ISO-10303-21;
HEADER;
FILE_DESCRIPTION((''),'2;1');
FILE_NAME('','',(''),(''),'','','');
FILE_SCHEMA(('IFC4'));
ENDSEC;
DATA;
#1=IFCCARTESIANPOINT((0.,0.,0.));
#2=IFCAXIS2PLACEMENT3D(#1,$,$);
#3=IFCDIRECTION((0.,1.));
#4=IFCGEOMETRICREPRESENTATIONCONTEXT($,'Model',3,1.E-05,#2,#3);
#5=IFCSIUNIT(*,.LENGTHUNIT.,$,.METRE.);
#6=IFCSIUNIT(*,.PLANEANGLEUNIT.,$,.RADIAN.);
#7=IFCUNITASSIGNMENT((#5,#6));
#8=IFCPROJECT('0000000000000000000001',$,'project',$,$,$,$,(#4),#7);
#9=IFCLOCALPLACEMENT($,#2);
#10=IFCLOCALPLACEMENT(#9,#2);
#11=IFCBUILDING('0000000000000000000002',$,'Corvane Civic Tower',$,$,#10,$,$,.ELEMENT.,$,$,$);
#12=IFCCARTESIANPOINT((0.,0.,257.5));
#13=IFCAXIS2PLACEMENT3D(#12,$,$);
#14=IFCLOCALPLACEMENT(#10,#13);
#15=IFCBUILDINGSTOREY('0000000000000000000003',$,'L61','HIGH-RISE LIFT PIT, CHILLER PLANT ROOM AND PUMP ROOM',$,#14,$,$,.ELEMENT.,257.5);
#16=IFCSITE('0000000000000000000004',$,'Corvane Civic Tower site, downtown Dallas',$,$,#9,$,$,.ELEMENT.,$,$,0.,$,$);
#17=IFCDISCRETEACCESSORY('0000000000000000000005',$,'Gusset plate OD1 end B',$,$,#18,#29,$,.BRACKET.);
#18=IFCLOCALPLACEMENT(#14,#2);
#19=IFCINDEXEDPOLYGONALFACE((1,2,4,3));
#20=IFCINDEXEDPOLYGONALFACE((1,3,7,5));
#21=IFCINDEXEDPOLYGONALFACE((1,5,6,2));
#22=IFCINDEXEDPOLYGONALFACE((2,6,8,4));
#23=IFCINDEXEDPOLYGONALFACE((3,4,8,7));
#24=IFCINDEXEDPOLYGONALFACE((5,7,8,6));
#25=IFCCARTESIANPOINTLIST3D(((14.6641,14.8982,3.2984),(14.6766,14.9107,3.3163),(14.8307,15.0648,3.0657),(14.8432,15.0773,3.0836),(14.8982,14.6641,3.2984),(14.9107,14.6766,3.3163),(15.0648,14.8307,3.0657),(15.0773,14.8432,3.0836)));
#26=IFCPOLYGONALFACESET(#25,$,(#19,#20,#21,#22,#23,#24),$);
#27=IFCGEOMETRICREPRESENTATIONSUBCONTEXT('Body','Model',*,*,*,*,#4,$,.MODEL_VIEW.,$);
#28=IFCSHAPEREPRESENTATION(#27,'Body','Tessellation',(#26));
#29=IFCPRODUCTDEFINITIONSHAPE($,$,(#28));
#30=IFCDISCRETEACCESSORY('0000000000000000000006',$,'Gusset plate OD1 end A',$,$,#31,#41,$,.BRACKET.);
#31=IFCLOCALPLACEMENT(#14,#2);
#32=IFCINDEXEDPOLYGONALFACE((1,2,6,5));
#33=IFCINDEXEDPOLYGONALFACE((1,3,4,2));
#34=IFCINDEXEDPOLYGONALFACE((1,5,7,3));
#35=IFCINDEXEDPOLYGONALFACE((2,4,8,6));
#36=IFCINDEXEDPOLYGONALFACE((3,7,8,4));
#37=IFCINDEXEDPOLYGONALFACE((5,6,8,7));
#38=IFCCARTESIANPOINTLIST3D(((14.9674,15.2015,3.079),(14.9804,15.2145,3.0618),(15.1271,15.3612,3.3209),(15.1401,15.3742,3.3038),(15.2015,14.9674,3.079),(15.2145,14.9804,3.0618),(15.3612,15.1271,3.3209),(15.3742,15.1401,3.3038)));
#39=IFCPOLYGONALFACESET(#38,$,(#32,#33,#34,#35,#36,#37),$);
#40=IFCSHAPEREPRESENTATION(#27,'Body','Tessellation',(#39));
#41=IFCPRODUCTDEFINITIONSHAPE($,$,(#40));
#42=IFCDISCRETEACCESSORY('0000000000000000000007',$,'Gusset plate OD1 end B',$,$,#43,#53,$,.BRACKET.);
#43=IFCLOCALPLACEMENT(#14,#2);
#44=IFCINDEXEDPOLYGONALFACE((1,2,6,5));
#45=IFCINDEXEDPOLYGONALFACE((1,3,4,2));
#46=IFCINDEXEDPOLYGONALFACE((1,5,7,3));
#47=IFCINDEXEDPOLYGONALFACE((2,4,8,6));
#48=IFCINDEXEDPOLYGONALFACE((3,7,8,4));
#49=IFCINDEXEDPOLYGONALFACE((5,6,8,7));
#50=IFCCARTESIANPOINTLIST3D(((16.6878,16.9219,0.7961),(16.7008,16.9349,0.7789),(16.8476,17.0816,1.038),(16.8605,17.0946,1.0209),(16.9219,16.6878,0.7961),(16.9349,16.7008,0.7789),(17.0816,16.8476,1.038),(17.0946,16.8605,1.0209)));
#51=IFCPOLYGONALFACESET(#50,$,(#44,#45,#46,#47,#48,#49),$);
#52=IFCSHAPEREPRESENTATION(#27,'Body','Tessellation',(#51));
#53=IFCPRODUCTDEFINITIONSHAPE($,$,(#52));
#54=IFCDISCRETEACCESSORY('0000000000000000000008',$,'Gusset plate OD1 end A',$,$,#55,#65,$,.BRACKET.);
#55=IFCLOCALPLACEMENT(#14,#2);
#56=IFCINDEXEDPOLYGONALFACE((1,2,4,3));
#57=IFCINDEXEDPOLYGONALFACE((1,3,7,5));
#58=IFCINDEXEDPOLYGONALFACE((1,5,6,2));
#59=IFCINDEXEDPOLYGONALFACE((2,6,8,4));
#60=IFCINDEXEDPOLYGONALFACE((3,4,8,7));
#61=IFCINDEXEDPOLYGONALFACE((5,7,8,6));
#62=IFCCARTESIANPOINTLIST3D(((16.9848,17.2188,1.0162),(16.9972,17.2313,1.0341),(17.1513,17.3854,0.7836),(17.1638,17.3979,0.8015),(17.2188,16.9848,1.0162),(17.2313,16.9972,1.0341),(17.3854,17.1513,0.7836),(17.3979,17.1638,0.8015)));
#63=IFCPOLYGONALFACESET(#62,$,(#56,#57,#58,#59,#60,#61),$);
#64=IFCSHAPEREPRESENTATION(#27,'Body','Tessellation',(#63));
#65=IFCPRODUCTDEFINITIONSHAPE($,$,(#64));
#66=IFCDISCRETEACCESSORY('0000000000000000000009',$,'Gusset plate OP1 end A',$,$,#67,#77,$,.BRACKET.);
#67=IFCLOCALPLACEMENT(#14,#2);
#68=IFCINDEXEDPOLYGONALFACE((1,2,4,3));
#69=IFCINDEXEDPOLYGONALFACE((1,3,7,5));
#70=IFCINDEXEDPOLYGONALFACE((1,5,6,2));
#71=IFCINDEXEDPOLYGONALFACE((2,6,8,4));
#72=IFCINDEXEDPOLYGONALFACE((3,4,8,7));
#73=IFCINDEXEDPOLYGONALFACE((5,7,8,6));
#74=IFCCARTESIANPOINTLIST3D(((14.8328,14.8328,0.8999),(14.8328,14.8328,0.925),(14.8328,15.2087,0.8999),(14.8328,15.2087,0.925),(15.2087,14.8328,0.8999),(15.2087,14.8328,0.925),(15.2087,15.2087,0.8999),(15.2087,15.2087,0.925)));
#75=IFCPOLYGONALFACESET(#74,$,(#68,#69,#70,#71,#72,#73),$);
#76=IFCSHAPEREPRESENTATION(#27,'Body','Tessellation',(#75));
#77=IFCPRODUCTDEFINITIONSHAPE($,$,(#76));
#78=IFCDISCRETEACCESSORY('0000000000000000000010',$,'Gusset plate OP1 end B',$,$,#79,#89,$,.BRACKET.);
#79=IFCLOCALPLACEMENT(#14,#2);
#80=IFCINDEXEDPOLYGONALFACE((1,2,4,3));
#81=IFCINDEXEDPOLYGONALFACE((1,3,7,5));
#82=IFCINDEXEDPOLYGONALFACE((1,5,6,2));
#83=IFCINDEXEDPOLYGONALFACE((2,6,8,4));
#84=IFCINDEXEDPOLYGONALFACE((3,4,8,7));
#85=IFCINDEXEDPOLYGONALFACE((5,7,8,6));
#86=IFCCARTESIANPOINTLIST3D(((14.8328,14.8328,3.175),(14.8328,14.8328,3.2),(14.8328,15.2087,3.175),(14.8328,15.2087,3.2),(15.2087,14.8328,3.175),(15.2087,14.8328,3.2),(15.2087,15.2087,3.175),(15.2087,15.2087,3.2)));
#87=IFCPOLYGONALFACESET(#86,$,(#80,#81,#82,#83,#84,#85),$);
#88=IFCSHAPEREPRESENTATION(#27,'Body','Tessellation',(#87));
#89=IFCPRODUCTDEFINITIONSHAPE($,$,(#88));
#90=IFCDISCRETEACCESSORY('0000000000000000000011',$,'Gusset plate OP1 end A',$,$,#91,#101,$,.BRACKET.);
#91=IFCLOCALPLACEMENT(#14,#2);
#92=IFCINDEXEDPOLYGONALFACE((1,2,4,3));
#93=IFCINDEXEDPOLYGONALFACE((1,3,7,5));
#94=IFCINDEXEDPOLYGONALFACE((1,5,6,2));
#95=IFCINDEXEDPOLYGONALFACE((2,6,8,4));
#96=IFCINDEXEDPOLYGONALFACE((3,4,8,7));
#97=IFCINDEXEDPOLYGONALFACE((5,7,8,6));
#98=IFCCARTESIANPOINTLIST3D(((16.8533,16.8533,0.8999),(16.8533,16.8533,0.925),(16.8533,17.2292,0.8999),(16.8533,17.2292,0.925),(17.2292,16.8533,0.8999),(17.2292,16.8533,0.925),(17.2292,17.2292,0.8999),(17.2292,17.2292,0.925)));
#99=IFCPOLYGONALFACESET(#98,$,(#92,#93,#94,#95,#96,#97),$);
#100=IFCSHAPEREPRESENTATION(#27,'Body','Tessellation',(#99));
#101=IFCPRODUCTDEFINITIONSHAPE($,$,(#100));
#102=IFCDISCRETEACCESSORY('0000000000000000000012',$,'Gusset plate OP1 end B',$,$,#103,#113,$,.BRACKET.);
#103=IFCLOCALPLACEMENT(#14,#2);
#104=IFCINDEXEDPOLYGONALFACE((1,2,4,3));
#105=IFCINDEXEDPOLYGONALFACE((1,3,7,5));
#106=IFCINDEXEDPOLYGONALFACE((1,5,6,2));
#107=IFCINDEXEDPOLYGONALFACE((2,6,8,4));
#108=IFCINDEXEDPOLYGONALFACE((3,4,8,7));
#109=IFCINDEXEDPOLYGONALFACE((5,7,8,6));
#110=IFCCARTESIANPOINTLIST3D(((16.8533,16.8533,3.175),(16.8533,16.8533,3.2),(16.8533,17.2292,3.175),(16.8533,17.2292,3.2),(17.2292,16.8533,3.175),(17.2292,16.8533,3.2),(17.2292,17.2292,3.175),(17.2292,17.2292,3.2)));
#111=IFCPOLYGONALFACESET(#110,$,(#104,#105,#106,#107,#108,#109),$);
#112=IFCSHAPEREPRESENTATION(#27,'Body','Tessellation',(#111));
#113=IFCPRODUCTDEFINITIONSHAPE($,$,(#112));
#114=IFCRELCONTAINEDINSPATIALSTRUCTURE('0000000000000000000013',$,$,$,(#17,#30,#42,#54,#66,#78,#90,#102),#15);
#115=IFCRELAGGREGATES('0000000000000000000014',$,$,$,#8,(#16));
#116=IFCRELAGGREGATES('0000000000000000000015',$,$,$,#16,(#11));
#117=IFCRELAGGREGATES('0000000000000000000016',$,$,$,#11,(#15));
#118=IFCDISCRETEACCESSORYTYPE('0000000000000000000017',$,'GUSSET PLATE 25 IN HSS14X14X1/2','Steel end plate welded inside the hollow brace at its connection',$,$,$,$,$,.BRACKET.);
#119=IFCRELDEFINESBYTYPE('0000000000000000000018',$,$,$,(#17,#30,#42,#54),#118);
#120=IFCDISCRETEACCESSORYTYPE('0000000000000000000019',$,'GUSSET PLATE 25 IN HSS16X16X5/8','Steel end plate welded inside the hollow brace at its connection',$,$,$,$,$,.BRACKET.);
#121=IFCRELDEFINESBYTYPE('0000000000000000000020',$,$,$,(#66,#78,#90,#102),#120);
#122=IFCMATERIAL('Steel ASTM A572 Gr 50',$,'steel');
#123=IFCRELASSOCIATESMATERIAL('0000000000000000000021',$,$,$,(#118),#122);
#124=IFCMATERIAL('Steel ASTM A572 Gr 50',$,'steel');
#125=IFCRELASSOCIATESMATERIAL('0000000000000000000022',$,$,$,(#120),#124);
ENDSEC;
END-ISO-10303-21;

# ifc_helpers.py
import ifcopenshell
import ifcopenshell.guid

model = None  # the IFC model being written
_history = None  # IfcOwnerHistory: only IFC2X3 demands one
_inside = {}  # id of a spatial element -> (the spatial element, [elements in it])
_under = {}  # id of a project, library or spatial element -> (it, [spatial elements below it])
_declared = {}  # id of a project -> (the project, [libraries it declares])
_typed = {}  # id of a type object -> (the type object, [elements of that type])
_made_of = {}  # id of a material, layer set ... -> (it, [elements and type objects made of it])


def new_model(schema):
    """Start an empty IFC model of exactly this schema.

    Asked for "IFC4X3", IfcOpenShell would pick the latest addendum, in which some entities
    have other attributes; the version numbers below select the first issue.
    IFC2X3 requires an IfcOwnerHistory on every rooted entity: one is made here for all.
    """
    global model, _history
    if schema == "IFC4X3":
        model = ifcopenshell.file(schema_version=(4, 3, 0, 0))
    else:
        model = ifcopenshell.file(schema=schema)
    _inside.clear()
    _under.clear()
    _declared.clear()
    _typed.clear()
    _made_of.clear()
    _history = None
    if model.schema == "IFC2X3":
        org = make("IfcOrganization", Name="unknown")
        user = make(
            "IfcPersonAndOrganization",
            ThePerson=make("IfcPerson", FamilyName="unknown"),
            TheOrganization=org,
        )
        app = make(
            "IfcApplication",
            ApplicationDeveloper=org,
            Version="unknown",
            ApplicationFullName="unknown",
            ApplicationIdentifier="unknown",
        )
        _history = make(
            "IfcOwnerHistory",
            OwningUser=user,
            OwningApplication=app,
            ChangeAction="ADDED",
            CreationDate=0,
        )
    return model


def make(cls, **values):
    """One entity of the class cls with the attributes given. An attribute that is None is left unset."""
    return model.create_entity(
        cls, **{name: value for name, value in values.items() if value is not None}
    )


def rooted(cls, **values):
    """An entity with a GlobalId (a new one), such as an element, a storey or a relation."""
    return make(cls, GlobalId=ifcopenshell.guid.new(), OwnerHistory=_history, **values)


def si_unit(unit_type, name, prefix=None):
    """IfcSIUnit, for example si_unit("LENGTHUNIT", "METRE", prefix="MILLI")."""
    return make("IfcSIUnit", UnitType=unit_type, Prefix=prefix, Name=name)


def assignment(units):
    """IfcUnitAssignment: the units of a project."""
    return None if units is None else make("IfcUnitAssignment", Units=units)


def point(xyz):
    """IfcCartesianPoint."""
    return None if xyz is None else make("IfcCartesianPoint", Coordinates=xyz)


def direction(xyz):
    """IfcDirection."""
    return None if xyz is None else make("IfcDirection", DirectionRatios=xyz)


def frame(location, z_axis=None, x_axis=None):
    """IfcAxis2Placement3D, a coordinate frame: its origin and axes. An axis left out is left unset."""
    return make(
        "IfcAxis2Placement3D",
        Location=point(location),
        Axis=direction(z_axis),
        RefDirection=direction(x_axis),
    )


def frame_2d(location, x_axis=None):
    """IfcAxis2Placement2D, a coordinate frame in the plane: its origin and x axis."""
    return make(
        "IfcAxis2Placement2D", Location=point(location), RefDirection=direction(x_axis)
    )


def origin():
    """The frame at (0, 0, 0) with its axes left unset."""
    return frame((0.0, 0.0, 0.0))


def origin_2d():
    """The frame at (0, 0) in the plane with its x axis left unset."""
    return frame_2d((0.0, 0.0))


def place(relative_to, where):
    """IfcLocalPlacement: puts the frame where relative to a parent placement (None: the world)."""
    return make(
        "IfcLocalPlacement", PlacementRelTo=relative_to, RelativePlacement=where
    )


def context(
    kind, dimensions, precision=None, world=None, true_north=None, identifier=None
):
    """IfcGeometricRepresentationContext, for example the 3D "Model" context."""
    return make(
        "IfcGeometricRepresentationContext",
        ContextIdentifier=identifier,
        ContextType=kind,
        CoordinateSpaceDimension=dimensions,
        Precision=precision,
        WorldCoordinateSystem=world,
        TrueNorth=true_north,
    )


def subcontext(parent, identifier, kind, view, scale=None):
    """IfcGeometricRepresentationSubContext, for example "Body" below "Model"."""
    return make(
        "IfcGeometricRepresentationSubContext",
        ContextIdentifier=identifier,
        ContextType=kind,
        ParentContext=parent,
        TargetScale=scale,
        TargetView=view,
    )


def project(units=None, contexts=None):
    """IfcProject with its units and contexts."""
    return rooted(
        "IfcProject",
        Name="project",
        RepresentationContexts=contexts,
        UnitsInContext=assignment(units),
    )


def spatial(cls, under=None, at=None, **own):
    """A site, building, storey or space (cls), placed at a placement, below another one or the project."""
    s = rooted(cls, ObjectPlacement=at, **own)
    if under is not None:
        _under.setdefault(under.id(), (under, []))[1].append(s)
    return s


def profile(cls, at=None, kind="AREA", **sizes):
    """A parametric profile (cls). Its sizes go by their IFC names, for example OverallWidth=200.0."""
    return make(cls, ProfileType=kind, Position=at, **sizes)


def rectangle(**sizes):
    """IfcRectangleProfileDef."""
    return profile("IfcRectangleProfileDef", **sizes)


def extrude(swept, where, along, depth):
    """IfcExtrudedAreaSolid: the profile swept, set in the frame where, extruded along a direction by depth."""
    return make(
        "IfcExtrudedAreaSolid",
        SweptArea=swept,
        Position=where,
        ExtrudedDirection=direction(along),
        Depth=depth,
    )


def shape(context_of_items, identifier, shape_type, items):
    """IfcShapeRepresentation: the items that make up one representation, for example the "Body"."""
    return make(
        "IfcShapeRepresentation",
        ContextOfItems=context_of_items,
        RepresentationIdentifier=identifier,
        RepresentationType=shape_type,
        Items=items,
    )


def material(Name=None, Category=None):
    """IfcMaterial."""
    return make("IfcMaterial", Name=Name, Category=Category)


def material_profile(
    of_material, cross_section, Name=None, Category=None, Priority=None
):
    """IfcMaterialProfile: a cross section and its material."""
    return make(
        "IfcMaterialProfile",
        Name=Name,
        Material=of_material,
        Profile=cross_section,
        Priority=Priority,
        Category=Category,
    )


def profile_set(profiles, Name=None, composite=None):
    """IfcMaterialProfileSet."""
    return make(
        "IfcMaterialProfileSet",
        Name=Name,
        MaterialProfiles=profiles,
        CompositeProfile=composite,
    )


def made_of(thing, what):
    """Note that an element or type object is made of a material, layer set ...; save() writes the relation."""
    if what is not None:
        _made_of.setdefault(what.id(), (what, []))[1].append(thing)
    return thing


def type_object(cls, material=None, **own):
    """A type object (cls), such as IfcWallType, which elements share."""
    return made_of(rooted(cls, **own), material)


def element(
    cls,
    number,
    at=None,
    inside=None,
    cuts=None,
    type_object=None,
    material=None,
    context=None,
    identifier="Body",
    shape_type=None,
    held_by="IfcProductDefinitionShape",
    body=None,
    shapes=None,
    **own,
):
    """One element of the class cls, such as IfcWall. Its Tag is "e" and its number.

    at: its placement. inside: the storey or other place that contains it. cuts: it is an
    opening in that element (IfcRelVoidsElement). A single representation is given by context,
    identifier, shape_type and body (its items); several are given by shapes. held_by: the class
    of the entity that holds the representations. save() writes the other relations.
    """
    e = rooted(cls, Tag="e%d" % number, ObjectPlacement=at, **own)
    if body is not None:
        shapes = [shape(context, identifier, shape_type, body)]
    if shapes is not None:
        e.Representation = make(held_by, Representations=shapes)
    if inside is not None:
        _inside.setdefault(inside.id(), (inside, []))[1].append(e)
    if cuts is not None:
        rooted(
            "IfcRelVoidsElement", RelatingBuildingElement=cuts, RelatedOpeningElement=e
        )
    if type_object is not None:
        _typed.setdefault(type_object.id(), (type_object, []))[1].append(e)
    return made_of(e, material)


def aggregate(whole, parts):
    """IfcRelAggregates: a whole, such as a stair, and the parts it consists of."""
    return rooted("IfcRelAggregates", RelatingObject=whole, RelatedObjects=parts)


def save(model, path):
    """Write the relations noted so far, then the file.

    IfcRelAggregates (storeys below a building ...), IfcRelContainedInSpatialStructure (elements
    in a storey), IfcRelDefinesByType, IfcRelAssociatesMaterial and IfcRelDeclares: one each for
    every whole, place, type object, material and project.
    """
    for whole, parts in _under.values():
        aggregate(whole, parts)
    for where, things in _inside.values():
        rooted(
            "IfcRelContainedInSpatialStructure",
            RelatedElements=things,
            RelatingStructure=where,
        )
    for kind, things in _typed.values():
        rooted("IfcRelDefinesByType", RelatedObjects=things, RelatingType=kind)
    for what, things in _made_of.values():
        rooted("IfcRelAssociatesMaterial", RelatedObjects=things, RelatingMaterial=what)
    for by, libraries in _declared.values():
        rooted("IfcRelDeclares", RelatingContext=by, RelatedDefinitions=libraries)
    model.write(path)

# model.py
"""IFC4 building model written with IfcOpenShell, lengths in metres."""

from ifc_helpers import new_model, si_unit, direction, frame, origin, origin_2d, place, context, subcontext, project, spatial, rectangle, extrude, material, material_profile, profile_set, type_object, element, save


model = new_model("IFC4")

# Units and contexts
model_context = context("Model", 3, precision=1e-05, world=origin(), true_north=direction((0.0, 1.0)))
body_context = subcontext(model_context, "Body", "Model", "MODEL_VIEW")
ifc_project = project(units=[si_unit("LENGTHUNIT", "METRE"), si_unit("PLANEANGLEUNIT", "RADIAN")], contexts=[model_context])

# Site, building, storey
site_placement = place(None, origin())
site = spatial("IfcSite", under=ifc_project, at=site_placement, Name="Corvane Civic Tower site, downtown Dallas", CompositionType="ELEMENT", RefElevation=0.0)
building_placement = place(site_placement, origin())
building = spatial("IfcBuilding", under=site, at=building_placement, Name="Corvane Civic Tower", CompositionType="ELEMENT")
storey_placement = place(building_placement, frame((0.0, 0.0, 257.5)))
storey = spatial("IfcBuildingStorey", under=building, at=storey_placement, Name="L61", Description="HIGH-RISE LIFT PIT, CHILLER PLANT ROOM AND PUMP ROOM", CompositionType="ELEMENT", Elevation=257.5)

# Discrete accessories
ifc_material_1 = material(Name="Steel ASTM A572 Gr 50", Category="steel")
ifc_material_profile_1 = material_profile(ifc_material_1, rectangle(XDim=0.3311, YDim=0.3311, at=origin_2d()), Name="GUSSET PLATE 25 IN HSS14X14X1/2")
ifc_profile_set_1 = profile_set([ifc_material_profile_1], Name="Steel ASTM A572 Gr 50")
discrete_accessory_type_1 = type_object("IfcDiscreteAccessoryType", Name="GUSSET PLATE 25 IN HSS14X14X1/2", Description="Steel end plate welded inside the hollow brace at its connection", PredefinedType="BRACKET", material=ifc_profile_set_1)
for number, where, z_axis, x_axis, name in (
    (1, (14.877, 14.877, 3.2), (-0.496976, -0.496976, -0.711358), (0.707107, -0.707107, 0.0), "Gusset plate OD1 end B"),
    (2, (15.1643, 15.1643, 3.2), (0.516784, 0.516784, -0.682545), (-0.707107, 0.707107, 0.0), "Gusset plate OD1 end A"),
    (3, (16.8977, 16.8977, 0.8999), (-0.516784, -0.516784, 0.682545), (0.707107, -0.707107, 0.0), "Gusset plate OD1 end B"),
    (4, (17.1851, 17.1851, 0.8999), (0.496976, 0.496976, 0.711358), (-0.707107, 0.707107, 0.0), "Gusset plate OD1 end A"),
):
    element("IfcDiscreteAccessory", number, at=place(storey_placement, frame(where, z_axis=z_axis, x_axis=x_axis)), inside=storey, type_object=discrete_accessory_type_1, Name=name, PredefinedType="BRACKET", context=body_context, shape_type="SweptSolid", body=[
        extrude(rectangle(XDim=0.3311, YDim=0.3311, at=origin_2d()), origin(), (0.0, 0.0, 1.0), 0.0251),
    ])
ifc_material_2 = material(Name="Steel ASTM A572 Gr 50", Category="steel")
ifc_material_profile_2 = material_profile(ifc_material_2, rectangle(XDim=0.376, YDim=0.376, at=origin_2d()), Name="GUSSET PLATE 25 IN HSS16X16X5/8")
ifc_profile_set_2 = profile_set([ifc_material_profile_2], Name="Steel ASTM A572 Gr 50")
discrete_accessory_type_2 = type_object("IfcDiscreteAccessoryType", Name="GUSSET PLATE 25 IN HSS16X16X5/8", Description="Steel end plate welded inside the hollow brace at its connection", PredefinedType="BRACKET", material=ifc_profile_set_2)
discrete_accessory_1_placement = place(storey_placement, frame((15.0208, 15.0208, 0.8999), z_axis=(0.0, 0.0, 1.0), x_axis=(1.0, 0.0, 0.0)))
element("IfcDiscreteAccessory", 5, at=discrete_accessory_1_placement, inside=storey, type_object=discrete_accessory_type_2, Name="Gusset plate OP1 end A", PredefinedType="BRACKET", context=body_context, shape_type="SweptSolid", body=[
    extrude(rectangle(XDim=0.376, YDim=0.376, at=origin_2d()), origin(), (0.0, 0.0, 1.0), 0.0251),
])
discrete_accessory_2_placement = place(storey_placement, frame((15.0208, 15.0208, 3.2), z_axis=(0.0, 0.0, -1.0), x_axis=(1.0, 0.0, 0.0)))
element("IfcDiscreteAccessory", 6, at=discrete_accessory_2_placement, inside=storey, type_object=discrete_accessory_type_2, Name="Gusset plate OP1 end B", PredefinedType="BRACKET", context=body_context, shape_type="SweptSolid", body=[
    extrude(rectangle(XDim=0.376, YDim=0.376, at=origin_2d()), origin(), (0.0, 0.0, 1.0), 0.0249),
])
discrete_accessory_3_placement = place(storey_placement, frame((17.0413, 17.0413, 0.8999), z_axis=(0.0, 0.0, 1.0), x_axis=(1.0, 0.0, 0.0)))
element("IfcDiscreteAccessory", 7, at=discrete_accessory_3_placement, inside=storey, type_object=discrete_accessory_type_2, Name="Gusset plate OP1 end A", PredefinedType="BRACKET", context=body_context, shape_type="SweptSolid", body=[
    extrude(rectangle(XDim=0.376, YDim=0.376, at=origin_2d()), origin(), (0.0, 0.0, 1.0), 0.0251),
])
discrete_accessory_4_placement = place(storey_placement, frame((17.0413, 17.0413, 3.2), z_axis=(0.0, 0.0, -1.0), x_axis=(1.0, 0.0, 0.0)))
element("IfcDiscreteAccessory", 8, at=discrete_accessory_4_placement, inside=storey, type_object=discrete_accessory_type_2, Name="Gusset plate OP1 end B", PredefinedType="BRACKET", context=body_context, shape_type="SweptSolid", body=[
    extrude(rectangle(XDim=0.376, YDim=0.376, at=origin_2d()), origin(), (0.0, 0.0, 1.0), 0.0249),
])

save(model, "model.ifc")
